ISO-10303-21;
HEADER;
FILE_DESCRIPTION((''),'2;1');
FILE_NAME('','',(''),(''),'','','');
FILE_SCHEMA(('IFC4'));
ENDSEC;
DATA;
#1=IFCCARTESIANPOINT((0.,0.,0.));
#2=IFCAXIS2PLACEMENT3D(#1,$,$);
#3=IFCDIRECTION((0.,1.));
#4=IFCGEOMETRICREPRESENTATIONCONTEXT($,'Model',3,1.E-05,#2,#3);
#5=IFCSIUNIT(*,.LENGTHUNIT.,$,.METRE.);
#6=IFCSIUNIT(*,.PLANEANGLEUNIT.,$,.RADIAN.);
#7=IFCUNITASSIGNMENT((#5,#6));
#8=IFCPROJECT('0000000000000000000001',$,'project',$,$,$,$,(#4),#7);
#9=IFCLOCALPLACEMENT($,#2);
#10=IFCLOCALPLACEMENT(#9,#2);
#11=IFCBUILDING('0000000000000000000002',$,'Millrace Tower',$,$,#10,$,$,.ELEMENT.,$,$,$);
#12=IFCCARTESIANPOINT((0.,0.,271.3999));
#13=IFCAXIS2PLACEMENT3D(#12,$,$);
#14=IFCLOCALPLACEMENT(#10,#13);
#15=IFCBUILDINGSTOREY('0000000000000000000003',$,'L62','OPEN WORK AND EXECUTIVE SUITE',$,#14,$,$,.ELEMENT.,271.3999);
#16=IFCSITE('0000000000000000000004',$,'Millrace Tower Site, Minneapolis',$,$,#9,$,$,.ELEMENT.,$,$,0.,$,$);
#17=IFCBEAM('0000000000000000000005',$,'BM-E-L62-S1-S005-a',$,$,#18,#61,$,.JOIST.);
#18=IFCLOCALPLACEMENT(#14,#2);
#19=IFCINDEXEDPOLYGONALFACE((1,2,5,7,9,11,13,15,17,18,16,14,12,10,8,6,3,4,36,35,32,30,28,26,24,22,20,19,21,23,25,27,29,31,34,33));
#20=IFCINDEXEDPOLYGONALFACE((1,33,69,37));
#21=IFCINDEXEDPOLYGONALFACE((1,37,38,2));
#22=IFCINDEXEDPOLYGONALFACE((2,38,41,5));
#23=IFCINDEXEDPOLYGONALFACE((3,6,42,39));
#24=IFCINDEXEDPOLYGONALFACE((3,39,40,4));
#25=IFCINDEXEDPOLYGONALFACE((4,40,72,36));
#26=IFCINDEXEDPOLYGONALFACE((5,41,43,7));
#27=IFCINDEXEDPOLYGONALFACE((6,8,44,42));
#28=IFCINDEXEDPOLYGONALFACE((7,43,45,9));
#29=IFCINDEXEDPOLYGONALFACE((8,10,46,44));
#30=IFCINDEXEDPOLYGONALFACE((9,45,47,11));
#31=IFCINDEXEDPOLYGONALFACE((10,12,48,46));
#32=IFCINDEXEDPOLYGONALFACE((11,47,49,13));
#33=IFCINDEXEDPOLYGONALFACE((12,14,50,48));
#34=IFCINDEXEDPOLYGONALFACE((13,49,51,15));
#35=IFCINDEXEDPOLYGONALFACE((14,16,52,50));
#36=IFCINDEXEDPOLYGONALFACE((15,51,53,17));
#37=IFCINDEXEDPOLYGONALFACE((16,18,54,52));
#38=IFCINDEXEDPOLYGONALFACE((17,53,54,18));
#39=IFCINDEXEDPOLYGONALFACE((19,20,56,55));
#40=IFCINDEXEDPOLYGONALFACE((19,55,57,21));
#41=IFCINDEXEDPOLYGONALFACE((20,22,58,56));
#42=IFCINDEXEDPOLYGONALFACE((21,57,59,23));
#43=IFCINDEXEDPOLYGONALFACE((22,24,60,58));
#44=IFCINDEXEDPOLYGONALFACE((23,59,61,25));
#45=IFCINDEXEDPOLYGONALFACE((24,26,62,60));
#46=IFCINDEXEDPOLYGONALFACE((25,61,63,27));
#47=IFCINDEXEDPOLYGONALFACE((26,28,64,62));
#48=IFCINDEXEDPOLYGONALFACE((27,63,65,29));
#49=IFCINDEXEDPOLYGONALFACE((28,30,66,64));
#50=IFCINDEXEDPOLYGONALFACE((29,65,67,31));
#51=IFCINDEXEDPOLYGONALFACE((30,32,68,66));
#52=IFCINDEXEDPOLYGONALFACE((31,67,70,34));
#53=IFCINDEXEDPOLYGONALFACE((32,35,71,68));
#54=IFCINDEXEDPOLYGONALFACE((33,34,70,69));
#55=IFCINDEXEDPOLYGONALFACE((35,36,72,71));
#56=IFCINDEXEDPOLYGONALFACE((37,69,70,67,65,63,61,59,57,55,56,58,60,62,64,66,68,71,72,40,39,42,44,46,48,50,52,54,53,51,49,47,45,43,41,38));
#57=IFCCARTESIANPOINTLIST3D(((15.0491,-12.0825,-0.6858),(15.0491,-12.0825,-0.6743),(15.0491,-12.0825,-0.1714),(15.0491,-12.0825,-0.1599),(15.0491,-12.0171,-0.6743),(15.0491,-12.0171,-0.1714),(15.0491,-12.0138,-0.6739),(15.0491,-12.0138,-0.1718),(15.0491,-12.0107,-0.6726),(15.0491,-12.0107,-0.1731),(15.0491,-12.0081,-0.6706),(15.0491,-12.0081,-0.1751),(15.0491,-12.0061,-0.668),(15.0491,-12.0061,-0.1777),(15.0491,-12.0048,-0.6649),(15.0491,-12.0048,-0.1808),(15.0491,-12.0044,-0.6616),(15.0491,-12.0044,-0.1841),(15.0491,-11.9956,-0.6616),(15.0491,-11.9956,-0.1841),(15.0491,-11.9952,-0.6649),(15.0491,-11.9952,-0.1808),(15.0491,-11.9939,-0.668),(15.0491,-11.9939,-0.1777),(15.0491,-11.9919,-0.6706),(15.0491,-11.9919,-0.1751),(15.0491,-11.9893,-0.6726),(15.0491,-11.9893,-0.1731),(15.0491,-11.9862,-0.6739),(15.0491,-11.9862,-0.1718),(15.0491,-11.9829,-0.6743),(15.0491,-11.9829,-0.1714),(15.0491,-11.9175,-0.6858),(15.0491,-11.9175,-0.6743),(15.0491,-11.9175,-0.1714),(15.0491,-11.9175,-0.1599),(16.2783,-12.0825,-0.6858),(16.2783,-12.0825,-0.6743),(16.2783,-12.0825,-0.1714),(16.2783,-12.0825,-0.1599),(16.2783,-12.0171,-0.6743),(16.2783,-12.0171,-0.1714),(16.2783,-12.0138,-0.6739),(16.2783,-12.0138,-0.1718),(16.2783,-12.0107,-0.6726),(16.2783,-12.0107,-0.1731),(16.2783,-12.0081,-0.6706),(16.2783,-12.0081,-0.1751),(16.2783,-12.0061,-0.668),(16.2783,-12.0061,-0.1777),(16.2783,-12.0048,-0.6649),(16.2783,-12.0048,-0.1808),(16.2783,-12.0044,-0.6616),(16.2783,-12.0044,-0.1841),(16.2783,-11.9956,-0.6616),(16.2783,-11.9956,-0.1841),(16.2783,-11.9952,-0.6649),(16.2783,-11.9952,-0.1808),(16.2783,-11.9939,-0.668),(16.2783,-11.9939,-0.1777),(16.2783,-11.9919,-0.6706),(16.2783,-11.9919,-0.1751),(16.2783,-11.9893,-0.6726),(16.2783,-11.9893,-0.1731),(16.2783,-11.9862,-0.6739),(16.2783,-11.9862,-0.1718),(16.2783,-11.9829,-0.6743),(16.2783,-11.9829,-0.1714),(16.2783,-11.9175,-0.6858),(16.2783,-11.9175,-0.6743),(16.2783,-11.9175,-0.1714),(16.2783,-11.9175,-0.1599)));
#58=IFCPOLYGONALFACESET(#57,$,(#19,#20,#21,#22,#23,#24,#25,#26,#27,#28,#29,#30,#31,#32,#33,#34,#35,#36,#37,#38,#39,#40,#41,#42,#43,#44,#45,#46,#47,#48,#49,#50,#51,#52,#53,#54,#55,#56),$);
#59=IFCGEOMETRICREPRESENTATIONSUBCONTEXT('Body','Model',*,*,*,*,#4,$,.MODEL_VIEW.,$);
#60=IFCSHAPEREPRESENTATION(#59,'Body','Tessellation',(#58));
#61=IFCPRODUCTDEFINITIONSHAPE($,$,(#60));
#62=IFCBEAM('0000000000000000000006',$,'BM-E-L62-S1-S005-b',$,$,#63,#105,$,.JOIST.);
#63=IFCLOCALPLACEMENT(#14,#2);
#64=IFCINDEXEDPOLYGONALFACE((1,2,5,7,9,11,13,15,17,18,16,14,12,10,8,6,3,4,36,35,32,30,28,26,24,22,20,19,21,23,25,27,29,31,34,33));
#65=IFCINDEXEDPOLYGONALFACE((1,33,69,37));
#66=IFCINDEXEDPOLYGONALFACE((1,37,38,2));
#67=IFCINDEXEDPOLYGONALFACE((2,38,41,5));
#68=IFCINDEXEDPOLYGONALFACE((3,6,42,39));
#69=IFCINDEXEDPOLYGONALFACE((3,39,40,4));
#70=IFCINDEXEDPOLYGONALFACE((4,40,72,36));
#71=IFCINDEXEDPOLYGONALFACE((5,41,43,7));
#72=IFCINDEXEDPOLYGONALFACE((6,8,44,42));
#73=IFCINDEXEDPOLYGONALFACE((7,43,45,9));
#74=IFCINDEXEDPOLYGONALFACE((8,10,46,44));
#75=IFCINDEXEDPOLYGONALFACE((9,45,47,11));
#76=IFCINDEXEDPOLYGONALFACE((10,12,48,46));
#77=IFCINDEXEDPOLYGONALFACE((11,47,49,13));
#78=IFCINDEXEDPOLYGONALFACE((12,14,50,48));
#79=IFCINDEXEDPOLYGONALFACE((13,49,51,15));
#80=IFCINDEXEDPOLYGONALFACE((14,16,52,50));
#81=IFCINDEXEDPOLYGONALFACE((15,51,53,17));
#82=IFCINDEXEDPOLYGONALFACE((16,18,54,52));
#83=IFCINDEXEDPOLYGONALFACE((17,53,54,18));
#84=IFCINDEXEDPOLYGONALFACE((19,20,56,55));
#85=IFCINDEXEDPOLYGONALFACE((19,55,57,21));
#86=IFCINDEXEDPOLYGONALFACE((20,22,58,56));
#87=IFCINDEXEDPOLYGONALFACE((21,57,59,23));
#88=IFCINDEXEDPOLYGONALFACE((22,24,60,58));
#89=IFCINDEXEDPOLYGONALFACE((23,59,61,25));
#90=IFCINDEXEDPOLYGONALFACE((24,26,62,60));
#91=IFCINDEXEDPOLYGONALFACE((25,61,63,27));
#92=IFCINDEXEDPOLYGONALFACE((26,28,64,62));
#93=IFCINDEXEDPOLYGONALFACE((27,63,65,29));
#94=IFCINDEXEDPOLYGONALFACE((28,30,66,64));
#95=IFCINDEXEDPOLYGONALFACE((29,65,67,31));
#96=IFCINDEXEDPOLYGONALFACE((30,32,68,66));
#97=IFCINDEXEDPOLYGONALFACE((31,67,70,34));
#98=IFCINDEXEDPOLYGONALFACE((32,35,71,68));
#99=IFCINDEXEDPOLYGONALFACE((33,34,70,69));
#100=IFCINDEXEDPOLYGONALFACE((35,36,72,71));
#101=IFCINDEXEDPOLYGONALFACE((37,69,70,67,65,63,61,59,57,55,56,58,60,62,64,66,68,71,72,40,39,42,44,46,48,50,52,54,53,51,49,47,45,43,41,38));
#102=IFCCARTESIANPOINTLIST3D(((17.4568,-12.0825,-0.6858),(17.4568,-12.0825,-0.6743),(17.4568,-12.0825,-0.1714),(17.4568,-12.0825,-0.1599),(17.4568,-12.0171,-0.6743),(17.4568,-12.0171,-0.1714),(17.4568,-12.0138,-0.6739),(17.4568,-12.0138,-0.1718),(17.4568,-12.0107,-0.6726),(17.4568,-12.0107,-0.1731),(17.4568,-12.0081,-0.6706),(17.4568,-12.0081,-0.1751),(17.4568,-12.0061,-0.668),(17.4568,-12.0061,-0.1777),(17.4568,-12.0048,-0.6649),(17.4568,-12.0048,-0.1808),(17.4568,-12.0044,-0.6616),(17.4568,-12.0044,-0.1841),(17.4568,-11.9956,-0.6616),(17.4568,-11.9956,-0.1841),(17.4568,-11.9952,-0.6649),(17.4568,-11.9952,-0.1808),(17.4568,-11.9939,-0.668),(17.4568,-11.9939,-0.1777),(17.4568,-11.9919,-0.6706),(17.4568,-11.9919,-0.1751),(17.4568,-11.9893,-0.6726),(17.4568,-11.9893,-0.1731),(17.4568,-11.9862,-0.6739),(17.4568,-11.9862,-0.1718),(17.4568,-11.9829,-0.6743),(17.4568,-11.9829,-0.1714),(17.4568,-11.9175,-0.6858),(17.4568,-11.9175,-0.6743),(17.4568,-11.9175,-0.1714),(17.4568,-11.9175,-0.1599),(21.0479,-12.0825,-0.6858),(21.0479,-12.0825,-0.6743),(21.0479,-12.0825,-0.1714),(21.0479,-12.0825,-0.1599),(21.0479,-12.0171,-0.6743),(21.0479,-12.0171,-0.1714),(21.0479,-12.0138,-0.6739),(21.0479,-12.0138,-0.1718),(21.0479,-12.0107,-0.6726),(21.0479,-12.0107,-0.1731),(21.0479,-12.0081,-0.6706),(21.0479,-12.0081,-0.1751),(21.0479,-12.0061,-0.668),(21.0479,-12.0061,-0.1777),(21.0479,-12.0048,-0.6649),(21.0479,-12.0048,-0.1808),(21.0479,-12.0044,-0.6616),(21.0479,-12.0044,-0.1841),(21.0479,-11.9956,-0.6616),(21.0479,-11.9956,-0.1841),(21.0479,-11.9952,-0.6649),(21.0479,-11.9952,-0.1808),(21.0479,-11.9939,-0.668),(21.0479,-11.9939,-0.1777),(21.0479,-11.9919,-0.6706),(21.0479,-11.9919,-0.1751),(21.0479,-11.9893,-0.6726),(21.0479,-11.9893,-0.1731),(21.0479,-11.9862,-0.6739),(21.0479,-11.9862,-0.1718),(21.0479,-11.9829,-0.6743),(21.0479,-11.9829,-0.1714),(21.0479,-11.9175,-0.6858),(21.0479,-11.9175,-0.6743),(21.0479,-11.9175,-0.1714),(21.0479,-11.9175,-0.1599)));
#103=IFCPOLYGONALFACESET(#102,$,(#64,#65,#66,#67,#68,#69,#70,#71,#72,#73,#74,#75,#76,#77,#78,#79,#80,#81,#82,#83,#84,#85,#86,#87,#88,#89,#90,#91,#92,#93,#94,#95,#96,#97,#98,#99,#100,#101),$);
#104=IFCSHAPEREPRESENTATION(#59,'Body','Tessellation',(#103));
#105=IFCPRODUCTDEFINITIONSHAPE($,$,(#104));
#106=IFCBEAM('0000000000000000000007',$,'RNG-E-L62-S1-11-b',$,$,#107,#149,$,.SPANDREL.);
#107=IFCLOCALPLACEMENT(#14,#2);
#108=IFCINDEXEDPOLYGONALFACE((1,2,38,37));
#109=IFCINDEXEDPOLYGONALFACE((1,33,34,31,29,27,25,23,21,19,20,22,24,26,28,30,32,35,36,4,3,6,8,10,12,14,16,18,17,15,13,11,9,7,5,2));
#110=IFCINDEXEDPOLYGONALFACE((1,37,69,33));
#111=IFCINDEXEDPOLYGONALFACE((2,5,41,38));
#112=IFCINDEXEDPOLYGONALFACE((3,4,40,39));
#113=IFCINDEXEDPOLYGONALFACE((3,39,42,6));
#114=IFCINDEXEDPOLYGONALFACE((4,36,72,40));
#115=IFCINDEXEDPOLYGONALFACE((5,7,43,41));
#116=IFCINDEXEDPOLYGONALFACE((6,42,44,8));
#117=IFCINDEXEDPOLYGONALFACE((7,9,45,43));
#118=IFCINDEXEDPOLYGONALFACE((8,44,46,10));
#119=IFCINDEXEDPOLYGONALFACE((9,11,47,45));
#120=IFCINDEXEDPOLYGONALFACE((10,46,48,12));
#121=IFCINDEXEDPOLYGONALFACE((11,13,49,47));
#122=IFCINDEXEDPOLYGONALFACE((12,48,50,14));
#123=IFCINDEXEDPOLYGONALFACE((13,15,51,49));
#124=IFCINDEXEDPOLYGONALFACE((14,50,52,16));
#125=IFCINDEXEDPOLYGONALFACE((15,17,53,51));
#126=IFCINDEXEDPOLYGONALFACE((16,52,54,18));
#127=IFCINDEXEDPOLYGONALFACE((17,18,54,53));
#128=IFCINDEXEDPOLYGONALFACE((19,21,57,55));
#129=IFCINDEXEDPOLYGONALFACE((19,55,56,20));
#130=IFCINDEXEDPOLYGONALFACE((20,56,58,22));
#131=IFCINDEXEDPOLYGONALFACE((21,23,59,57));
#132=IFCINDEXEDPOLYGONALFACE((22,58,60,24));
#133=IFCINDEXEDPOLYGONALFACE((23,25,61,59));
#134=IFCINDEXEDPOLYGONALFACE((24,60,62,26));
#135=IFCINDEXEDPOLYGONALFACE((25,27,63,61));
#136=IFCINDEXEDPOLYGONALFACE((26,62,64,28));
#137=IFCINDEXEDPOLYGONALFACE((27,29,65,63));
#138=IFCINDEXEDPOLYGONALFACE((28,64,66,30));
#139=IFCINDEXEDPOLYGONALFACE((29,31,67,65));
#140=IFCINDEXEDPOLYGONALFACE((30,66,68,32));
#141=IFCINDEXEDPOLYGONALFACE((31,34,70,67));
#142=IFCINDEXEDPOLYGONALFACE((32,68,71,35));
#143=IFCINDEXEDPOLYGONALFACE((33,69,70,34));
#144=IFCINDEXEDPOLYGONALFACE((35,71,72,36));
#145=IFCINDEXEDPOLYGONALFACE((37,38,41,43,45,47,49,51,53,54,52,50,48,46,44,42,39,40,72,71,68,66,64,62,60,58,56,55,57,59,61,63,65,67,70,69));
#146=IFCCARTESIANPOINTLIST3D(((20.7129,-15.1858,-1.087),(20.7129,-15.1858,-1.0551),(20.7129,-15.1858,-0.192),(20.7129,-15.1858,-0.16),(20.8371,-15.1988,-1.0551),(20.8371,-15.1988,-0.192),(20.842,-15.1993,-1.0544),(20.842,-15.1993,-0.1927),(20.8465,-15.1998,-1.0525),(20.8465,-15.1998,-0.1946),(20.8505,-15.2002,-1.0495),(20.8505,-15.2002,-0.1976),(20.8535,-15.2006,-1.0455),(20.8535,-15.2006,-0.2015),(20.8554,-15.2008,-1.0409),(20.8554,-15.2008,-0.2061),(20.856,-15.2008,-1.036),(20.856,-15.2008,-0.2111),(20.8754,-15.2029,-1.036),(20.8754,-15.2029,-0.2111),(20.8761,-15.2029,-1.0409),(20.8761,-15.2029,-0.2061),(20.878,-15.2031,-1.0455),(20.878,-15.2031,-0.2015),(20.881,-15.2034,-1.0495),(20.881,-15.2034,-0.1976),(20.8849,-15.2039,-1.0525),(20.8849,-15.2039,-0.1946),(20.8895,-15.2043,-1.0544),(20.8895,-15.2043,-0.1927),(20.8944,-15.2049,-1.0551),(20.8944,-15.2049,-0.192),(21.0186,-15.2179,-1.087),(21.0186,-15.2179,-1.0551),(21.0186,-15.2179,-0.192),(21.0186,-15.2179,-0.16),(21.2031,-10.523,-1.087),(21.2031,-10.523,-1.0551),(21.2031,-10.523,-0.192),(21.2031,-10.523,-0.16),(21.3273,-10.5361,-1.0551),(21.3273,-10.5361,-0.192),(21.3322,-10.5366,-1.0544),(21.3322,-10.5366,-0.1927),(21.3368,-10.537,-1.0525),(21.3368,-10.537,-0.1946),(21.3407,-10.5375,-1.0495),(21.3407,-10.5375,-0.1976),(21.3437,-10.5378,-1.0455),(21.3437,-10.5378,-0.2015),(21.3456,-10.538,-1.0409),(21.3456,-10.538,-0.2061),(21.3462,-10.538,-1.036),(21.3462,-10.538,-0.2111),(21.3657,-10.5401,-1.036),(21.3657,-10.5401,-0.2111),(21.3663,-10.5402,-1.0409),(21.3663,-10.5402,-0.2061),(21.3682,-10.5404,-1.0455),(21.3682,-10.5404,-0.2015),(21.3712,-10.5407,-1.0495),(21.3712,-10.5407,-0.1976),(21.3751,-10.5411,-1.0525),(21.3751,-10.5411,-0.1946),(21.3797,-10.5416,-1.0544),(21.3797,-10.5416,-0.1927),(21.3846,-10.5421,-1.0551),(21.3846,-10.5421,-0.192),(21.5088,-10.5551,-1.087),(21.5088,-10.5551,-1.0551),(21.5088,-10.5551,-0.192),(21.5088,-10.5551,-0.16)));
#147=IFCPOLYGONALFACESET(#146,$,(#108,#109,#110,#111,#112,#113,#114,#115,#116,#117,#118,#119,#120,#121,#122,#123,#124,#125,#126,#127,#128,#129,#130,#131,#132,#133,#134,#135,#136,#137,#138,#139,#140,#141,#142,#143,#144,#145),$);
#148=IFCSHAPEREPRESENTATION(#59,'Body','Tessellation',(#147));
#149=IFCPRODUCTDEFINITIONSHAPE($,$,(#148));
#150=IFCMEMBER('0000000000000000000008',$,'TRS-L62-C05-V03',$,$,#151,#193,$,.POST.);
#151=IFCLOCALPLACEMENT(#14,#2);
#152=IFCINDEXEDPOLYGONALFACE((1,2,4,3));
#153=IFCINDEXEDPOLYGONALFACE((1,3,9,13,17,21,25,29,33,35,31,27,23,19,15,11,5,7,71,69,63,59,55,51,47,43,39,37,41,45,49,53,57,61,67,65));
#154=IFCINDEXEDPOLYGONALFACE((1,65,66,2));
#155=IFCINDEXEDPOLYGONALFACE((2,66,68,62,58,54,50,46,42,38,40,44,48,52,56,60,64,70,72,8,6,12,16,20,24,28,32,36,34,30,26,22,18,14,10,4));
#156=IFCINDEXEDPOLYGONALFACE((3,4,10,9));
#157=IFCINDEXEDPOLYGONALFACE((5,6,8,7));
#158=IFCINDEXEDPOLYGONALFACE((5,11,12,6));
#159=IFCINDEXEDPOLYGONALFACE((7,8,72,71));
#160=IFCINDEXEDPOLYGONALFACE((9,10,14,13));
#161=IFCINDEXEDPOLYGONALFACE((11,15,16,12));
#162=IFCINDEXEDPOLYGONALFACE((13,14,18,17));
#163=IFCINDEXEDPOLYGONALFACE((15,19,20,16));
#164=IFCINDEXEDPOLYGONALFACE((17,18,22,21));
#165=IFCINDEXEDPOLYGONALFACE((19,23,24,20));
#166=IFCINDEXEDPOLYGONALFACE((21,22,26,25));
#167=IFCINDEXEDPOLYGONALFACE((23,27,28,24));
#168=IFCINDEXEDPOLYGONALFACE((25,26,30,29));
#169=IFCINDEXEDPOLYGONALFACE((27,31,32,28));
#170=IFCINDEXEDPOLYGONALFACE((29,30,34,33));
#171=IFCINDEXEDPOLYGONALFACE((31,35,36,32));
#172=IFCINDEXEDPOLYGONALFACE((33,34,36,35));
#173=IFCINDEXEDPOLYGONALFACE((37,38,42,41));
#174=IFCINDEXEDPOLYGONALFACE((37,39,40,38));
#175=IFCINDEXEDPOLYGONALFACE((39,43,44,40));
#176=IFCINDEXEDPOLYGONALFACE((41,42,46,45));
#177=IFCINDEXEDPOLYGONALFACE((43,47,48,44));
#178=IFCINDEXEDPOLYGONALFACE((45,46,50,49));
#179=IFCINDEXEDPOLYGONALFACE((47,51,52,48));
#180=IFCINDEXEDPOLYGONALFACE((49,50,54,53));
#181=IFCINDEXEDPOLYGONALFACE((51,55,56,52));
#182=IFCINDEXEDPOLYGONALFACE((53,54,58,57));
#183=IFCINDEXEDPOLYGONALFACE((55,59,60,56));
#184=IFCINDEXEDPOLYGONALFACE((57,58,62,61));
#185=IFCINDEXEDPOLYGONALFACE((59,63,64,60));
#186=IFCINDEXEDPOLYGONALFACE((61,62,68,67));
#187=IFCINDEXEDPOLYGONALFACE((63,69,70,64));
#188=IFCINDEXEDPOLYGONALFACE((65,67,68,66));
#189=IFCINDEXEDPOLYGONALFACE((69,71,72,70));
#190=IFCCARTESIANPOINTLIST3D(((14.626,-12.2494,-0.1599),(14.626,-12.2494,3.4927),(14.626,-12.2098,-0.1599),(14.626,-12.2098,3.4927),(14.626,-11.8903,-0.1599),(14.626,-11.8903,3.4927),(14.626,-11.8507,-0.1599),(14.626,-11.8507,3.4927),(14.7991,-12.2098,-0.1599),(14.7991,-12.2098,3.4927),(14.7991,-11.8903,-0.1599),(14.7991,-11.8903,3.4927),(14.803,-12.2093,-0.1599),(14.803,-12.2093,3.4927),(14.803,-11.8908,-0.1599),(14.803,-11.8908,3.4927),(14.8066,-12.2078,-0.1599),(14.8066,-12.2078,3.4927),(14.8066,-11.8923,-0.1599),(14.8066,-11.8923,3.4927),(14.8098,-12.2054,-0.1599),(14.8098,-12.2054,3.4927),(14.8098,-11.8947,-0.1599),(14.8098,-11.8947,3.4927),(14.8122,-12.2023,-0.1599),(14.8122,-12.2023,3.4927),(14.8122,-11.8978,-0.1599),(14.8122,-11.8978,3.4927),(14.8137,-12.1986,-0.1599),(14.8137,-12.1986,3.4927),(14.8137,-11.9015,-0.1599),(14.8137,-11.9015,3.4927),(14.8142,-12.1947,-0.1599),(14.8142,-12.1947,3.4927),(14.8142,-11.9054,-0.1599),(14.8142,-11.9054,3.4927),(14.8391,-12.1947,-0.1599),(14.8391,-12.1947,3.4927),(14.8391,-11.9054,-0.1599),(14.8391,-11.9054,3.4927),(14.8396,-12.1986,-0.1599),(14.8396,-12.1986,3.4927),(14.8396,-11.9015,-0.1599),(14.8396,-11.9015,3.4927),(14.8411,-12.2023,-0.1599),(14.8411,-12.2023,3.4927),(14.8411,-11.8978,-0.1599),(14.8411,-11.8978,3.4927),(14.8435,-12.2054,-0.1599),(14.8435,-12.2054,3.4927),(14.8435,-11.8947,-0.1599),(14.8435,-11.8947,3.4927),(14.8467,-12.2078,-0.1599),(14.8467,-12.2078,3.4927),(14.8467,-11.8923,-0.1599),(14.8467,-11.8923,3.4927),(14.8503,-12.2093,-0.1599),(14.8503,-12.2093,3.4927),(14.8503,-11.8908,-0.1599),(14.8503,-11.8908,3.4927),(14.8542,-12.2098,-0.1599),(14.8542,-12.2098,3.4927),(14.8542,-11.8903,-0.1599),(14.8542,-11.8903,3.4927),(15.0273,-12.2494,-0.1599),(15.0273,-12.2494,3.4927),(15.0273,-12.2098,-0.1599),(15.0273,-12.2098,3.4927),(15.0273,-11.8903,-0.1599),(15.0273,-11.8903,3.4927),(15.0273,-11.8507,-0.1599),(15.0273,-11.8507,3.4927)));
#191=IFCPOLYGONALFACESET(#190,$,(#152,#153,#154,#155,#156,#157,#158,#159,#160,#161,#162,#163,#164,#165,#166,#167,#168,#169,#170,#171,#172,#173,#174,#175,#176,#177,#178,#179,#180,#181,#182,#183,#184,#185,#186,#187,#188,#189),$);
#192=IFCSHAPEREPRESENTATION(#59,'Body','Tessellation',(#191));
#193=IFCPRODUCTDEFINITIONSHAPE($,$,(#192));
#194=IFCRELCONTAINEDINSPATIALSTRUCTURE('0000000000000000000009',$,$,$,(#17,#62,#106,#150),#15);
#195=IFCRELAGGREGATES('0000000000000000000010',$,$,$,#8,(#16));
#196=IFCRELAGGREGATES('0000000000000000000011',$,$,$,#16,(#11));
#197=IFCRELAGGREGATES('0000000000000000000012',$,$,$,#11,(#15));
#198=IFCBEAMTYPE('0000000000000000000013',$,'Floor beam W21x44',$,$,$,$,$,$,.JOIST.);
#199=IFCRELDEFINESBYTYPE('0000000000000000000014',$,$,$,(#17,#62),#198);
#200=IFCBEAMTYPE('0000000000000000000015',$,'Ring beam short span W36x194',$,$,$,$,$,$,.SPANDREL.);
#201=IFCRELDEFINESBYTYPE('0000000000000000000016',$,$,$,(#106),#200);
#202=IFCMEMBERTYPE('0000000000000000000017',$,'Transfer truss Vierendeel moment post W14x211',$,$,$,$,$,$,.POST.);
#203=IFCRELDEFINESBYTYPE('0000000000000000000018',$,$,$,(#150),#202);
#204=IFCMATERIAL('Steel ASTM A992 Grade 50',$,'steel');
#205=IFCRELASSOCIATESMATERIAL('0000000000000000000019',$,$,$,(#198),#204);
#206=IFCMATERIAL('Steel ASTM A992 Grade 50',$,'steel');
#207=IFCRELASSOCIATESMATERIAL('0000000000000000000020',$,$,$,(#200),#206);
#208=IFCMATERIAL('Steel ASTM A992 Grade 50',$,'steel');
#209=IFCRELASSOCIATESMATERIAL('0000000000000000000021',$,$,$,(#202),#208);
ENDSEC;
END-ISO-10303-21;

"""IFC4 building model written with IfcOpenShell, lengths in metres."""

from ifc_helpers import new_model, si_unit, direction, frame, origin, origin_2d, place, context, subcontext, project, spatial, i_section, extrude, material, material_profile, profile_set, type_object, element, save


model = new_model("IFC4")

# Units and contexts
model_context = context("Model", 3, precision=1e-05, world=origin(), true_north=direction((0.0, 1.0)))
body_context = subcontext(model_context, "Body", "Model", "MODEL_VIEW")
ifc_project = project(units=[si_unit("LENGTHUNIT", "METRE"), si_unit("PLANEANGLEUNIT", "RADIAN")], contexts=[model_context])

# Site, building, storey
site_placement = place(None, origin())
site = spatial("IfcSite", under=ifc_project, at=site_placement, Name="Millrace Tower Site, Minneapolis", CompositionType="ELEMENT", RefElevation=0.0)
building_placement = place(site_placement, origin())
building = spatial("IfcBuilding", under=site, at=building_placement, Name="Millrace Tower", CompositionType="ELEMENT")
storey_placement = place(building_placement, frame((0.0, 0.0, 271.3999)))
storey = spatial("IfcBuildingStorey", under=building, at=storey_placement, Name="L62", Description="OPEN WORK AND EXECUTIVE SUITE", CompositionType="ELEMENT", Elevation=271.3999)

# Beams
ifc_material_1 = material(Name="Steel ASTM A992 Grade 50", Category="steel")
ifc_material_profile_1 = material_profile(ifc_material_1, i_section(OverallWidth=0.165, OverallDepth=0.5259, WebThickness=0.0088, FlangeThickness=0.0115, FilletRadius=0.0127, at=origin_2d()))
ifc_profile_set_1 = profile_set([ifc_material_profile_1], Name="Steel ASTM A992 Grade 50")
beam_type_1 = type_object("IfcBeamType", Name="Floor beam W21x44", PredefinedType="JOIST", material=ifc_profile_set_1)
beam_1_placement = place(storey_placement, frame((15.0491, -12.0, -0.4229), z_axis=(1.0, 0.0, 0.0), x_axis=(0.0, 1.0, 0.0)))
element("IfcBeam", 1, at=beam_1_placement, inside=storey, type_object=beam_type_1, Name="BM-E-L62-S1-S005-a", PredefinedType="JOIST", context=body_context, shape_type="SweptSolid", body=[
    extrude(i_section(OverallWidth=0.165, OverallDepth=0.5259, WebThickness=0.0088, FlangeThickness=0.0115, FilletRadius=0.0127, at=origin_2d()), origin(), (0.0, 0.0, 1.0), 1.2292),
])
beam_2_placement = place(storey_placement, frame((17.4568, -12.0, -0.4229), z_axis=(1.0, 0.0, 0.0), x_axis=(0.0, 1.0, 0.0)))
element("IfcBeam", 2, at=beam_2_placement, inside=storey, type_object=beam_type_1, Name="BM-E-L62-S1-S005-b", PredefinedType="JOIST", context=body_context, shape_type="SweptSolid", body=[
    extrude(i_section(OverallWidth=0.165, OverallDepth=0.5259, WebThickness=0.0088, FlangeThickness=0.0115, FilletRadius=0.0127, at=origin_2d()), origin(), (0.0, 0.0, 1.0), 3.5911),
])
ifc_material_2 = material(Name="Steel ASTM A992 Grade 50", Category="steel")
ifc_material_profile_2 = material_profile(ifc_material_2, i_section(OverallWidth=0.3074, OverallDepth=0.927, WebThickness=0.0195, FlangeThickness=0.032, FilletRadius=0.019, at=origin_2d()))
ifc_profile_set_2 = profile_set([ifc_material_profile_2], Name="Steel ASTM A992 Grade 50")
beam_type_2 = type_object("IfcBeamType", Name="Ring beam short span W36x194", PredefinedType="SPANDREL", material=ifc_profile_set_2)
beam_3_placement = place(storey_placement, frame((21.356, -10.5391, -0.6235), z_axis=(-0.10456, -0.994519, 0.0), x_axis=(0.994519, -0.10456, 0.0)))
element("IfcBeam", 3, at=beam_3_placement, inside=storey, type_object=beam_type_2, Name="RNG-E-L62-S1-11-b", PredefinedType="SPANDREL", context=body_context, shape_type="SweptSolid", body=[
    extrude(i_section(OverallWidth=0.3074, OverallDepth=0.927, WebThickness=0.0195, FlangeThickness=0.032, FilletRadius=0.019, at=origin_2d()), origin(), (0.0, 0.0, 1.0), 4.6885),
])

# Member
ifc_material_3 = material(Name="Steel ASTM A992 Grade 50", Category="steel")
ifc_material_profile_3 = material_profile(ifc_material_3, i_section(OverallWidth=0.4014, OverallDepth=0.3987, WebThickness=0.0249, FlangeThickness=0.0396, FilletRadius=0.0151, at=origin_2d()))
ifc_profile_set_3 = profile_set([ifc_material_profile_3], Name="Steel ASTM A992 Grade 50")
member_type_1 = type_object("IfcMemberType", Name="Transfer truss Vierendeel moment post W14x211", PredefinedType="POST", material=ifc_profile_set_3)
for number, where, z_axis, x_axis, name in (
    (4, (14.8267, -12.05, -0.1599), (0.0, 0.0, 1.0), (1.0, 0.0, 0.0), "TRS-L62-C05-V03"),
):
    element("IfcMember", number, at=place(storey_placement, frame(where, z_axis=z_axis, x_axis=x_axis)), inside=storey, type_object=member_type_1, Name=name, PredefinedType="POST", context=body_context, shape_type="SweptSolid", body=[
        extrude(i_section(OverallWidth=0.4014, OverallDepth=0.3987, WebThickness=0.0249, FlangeThickness=0.0396, FilletRadius=0.0151, at=origin_2d()), origin(), (0.0, 0.0, 1.0), 3.6526),
    ])

save(model, "model.ifc")
